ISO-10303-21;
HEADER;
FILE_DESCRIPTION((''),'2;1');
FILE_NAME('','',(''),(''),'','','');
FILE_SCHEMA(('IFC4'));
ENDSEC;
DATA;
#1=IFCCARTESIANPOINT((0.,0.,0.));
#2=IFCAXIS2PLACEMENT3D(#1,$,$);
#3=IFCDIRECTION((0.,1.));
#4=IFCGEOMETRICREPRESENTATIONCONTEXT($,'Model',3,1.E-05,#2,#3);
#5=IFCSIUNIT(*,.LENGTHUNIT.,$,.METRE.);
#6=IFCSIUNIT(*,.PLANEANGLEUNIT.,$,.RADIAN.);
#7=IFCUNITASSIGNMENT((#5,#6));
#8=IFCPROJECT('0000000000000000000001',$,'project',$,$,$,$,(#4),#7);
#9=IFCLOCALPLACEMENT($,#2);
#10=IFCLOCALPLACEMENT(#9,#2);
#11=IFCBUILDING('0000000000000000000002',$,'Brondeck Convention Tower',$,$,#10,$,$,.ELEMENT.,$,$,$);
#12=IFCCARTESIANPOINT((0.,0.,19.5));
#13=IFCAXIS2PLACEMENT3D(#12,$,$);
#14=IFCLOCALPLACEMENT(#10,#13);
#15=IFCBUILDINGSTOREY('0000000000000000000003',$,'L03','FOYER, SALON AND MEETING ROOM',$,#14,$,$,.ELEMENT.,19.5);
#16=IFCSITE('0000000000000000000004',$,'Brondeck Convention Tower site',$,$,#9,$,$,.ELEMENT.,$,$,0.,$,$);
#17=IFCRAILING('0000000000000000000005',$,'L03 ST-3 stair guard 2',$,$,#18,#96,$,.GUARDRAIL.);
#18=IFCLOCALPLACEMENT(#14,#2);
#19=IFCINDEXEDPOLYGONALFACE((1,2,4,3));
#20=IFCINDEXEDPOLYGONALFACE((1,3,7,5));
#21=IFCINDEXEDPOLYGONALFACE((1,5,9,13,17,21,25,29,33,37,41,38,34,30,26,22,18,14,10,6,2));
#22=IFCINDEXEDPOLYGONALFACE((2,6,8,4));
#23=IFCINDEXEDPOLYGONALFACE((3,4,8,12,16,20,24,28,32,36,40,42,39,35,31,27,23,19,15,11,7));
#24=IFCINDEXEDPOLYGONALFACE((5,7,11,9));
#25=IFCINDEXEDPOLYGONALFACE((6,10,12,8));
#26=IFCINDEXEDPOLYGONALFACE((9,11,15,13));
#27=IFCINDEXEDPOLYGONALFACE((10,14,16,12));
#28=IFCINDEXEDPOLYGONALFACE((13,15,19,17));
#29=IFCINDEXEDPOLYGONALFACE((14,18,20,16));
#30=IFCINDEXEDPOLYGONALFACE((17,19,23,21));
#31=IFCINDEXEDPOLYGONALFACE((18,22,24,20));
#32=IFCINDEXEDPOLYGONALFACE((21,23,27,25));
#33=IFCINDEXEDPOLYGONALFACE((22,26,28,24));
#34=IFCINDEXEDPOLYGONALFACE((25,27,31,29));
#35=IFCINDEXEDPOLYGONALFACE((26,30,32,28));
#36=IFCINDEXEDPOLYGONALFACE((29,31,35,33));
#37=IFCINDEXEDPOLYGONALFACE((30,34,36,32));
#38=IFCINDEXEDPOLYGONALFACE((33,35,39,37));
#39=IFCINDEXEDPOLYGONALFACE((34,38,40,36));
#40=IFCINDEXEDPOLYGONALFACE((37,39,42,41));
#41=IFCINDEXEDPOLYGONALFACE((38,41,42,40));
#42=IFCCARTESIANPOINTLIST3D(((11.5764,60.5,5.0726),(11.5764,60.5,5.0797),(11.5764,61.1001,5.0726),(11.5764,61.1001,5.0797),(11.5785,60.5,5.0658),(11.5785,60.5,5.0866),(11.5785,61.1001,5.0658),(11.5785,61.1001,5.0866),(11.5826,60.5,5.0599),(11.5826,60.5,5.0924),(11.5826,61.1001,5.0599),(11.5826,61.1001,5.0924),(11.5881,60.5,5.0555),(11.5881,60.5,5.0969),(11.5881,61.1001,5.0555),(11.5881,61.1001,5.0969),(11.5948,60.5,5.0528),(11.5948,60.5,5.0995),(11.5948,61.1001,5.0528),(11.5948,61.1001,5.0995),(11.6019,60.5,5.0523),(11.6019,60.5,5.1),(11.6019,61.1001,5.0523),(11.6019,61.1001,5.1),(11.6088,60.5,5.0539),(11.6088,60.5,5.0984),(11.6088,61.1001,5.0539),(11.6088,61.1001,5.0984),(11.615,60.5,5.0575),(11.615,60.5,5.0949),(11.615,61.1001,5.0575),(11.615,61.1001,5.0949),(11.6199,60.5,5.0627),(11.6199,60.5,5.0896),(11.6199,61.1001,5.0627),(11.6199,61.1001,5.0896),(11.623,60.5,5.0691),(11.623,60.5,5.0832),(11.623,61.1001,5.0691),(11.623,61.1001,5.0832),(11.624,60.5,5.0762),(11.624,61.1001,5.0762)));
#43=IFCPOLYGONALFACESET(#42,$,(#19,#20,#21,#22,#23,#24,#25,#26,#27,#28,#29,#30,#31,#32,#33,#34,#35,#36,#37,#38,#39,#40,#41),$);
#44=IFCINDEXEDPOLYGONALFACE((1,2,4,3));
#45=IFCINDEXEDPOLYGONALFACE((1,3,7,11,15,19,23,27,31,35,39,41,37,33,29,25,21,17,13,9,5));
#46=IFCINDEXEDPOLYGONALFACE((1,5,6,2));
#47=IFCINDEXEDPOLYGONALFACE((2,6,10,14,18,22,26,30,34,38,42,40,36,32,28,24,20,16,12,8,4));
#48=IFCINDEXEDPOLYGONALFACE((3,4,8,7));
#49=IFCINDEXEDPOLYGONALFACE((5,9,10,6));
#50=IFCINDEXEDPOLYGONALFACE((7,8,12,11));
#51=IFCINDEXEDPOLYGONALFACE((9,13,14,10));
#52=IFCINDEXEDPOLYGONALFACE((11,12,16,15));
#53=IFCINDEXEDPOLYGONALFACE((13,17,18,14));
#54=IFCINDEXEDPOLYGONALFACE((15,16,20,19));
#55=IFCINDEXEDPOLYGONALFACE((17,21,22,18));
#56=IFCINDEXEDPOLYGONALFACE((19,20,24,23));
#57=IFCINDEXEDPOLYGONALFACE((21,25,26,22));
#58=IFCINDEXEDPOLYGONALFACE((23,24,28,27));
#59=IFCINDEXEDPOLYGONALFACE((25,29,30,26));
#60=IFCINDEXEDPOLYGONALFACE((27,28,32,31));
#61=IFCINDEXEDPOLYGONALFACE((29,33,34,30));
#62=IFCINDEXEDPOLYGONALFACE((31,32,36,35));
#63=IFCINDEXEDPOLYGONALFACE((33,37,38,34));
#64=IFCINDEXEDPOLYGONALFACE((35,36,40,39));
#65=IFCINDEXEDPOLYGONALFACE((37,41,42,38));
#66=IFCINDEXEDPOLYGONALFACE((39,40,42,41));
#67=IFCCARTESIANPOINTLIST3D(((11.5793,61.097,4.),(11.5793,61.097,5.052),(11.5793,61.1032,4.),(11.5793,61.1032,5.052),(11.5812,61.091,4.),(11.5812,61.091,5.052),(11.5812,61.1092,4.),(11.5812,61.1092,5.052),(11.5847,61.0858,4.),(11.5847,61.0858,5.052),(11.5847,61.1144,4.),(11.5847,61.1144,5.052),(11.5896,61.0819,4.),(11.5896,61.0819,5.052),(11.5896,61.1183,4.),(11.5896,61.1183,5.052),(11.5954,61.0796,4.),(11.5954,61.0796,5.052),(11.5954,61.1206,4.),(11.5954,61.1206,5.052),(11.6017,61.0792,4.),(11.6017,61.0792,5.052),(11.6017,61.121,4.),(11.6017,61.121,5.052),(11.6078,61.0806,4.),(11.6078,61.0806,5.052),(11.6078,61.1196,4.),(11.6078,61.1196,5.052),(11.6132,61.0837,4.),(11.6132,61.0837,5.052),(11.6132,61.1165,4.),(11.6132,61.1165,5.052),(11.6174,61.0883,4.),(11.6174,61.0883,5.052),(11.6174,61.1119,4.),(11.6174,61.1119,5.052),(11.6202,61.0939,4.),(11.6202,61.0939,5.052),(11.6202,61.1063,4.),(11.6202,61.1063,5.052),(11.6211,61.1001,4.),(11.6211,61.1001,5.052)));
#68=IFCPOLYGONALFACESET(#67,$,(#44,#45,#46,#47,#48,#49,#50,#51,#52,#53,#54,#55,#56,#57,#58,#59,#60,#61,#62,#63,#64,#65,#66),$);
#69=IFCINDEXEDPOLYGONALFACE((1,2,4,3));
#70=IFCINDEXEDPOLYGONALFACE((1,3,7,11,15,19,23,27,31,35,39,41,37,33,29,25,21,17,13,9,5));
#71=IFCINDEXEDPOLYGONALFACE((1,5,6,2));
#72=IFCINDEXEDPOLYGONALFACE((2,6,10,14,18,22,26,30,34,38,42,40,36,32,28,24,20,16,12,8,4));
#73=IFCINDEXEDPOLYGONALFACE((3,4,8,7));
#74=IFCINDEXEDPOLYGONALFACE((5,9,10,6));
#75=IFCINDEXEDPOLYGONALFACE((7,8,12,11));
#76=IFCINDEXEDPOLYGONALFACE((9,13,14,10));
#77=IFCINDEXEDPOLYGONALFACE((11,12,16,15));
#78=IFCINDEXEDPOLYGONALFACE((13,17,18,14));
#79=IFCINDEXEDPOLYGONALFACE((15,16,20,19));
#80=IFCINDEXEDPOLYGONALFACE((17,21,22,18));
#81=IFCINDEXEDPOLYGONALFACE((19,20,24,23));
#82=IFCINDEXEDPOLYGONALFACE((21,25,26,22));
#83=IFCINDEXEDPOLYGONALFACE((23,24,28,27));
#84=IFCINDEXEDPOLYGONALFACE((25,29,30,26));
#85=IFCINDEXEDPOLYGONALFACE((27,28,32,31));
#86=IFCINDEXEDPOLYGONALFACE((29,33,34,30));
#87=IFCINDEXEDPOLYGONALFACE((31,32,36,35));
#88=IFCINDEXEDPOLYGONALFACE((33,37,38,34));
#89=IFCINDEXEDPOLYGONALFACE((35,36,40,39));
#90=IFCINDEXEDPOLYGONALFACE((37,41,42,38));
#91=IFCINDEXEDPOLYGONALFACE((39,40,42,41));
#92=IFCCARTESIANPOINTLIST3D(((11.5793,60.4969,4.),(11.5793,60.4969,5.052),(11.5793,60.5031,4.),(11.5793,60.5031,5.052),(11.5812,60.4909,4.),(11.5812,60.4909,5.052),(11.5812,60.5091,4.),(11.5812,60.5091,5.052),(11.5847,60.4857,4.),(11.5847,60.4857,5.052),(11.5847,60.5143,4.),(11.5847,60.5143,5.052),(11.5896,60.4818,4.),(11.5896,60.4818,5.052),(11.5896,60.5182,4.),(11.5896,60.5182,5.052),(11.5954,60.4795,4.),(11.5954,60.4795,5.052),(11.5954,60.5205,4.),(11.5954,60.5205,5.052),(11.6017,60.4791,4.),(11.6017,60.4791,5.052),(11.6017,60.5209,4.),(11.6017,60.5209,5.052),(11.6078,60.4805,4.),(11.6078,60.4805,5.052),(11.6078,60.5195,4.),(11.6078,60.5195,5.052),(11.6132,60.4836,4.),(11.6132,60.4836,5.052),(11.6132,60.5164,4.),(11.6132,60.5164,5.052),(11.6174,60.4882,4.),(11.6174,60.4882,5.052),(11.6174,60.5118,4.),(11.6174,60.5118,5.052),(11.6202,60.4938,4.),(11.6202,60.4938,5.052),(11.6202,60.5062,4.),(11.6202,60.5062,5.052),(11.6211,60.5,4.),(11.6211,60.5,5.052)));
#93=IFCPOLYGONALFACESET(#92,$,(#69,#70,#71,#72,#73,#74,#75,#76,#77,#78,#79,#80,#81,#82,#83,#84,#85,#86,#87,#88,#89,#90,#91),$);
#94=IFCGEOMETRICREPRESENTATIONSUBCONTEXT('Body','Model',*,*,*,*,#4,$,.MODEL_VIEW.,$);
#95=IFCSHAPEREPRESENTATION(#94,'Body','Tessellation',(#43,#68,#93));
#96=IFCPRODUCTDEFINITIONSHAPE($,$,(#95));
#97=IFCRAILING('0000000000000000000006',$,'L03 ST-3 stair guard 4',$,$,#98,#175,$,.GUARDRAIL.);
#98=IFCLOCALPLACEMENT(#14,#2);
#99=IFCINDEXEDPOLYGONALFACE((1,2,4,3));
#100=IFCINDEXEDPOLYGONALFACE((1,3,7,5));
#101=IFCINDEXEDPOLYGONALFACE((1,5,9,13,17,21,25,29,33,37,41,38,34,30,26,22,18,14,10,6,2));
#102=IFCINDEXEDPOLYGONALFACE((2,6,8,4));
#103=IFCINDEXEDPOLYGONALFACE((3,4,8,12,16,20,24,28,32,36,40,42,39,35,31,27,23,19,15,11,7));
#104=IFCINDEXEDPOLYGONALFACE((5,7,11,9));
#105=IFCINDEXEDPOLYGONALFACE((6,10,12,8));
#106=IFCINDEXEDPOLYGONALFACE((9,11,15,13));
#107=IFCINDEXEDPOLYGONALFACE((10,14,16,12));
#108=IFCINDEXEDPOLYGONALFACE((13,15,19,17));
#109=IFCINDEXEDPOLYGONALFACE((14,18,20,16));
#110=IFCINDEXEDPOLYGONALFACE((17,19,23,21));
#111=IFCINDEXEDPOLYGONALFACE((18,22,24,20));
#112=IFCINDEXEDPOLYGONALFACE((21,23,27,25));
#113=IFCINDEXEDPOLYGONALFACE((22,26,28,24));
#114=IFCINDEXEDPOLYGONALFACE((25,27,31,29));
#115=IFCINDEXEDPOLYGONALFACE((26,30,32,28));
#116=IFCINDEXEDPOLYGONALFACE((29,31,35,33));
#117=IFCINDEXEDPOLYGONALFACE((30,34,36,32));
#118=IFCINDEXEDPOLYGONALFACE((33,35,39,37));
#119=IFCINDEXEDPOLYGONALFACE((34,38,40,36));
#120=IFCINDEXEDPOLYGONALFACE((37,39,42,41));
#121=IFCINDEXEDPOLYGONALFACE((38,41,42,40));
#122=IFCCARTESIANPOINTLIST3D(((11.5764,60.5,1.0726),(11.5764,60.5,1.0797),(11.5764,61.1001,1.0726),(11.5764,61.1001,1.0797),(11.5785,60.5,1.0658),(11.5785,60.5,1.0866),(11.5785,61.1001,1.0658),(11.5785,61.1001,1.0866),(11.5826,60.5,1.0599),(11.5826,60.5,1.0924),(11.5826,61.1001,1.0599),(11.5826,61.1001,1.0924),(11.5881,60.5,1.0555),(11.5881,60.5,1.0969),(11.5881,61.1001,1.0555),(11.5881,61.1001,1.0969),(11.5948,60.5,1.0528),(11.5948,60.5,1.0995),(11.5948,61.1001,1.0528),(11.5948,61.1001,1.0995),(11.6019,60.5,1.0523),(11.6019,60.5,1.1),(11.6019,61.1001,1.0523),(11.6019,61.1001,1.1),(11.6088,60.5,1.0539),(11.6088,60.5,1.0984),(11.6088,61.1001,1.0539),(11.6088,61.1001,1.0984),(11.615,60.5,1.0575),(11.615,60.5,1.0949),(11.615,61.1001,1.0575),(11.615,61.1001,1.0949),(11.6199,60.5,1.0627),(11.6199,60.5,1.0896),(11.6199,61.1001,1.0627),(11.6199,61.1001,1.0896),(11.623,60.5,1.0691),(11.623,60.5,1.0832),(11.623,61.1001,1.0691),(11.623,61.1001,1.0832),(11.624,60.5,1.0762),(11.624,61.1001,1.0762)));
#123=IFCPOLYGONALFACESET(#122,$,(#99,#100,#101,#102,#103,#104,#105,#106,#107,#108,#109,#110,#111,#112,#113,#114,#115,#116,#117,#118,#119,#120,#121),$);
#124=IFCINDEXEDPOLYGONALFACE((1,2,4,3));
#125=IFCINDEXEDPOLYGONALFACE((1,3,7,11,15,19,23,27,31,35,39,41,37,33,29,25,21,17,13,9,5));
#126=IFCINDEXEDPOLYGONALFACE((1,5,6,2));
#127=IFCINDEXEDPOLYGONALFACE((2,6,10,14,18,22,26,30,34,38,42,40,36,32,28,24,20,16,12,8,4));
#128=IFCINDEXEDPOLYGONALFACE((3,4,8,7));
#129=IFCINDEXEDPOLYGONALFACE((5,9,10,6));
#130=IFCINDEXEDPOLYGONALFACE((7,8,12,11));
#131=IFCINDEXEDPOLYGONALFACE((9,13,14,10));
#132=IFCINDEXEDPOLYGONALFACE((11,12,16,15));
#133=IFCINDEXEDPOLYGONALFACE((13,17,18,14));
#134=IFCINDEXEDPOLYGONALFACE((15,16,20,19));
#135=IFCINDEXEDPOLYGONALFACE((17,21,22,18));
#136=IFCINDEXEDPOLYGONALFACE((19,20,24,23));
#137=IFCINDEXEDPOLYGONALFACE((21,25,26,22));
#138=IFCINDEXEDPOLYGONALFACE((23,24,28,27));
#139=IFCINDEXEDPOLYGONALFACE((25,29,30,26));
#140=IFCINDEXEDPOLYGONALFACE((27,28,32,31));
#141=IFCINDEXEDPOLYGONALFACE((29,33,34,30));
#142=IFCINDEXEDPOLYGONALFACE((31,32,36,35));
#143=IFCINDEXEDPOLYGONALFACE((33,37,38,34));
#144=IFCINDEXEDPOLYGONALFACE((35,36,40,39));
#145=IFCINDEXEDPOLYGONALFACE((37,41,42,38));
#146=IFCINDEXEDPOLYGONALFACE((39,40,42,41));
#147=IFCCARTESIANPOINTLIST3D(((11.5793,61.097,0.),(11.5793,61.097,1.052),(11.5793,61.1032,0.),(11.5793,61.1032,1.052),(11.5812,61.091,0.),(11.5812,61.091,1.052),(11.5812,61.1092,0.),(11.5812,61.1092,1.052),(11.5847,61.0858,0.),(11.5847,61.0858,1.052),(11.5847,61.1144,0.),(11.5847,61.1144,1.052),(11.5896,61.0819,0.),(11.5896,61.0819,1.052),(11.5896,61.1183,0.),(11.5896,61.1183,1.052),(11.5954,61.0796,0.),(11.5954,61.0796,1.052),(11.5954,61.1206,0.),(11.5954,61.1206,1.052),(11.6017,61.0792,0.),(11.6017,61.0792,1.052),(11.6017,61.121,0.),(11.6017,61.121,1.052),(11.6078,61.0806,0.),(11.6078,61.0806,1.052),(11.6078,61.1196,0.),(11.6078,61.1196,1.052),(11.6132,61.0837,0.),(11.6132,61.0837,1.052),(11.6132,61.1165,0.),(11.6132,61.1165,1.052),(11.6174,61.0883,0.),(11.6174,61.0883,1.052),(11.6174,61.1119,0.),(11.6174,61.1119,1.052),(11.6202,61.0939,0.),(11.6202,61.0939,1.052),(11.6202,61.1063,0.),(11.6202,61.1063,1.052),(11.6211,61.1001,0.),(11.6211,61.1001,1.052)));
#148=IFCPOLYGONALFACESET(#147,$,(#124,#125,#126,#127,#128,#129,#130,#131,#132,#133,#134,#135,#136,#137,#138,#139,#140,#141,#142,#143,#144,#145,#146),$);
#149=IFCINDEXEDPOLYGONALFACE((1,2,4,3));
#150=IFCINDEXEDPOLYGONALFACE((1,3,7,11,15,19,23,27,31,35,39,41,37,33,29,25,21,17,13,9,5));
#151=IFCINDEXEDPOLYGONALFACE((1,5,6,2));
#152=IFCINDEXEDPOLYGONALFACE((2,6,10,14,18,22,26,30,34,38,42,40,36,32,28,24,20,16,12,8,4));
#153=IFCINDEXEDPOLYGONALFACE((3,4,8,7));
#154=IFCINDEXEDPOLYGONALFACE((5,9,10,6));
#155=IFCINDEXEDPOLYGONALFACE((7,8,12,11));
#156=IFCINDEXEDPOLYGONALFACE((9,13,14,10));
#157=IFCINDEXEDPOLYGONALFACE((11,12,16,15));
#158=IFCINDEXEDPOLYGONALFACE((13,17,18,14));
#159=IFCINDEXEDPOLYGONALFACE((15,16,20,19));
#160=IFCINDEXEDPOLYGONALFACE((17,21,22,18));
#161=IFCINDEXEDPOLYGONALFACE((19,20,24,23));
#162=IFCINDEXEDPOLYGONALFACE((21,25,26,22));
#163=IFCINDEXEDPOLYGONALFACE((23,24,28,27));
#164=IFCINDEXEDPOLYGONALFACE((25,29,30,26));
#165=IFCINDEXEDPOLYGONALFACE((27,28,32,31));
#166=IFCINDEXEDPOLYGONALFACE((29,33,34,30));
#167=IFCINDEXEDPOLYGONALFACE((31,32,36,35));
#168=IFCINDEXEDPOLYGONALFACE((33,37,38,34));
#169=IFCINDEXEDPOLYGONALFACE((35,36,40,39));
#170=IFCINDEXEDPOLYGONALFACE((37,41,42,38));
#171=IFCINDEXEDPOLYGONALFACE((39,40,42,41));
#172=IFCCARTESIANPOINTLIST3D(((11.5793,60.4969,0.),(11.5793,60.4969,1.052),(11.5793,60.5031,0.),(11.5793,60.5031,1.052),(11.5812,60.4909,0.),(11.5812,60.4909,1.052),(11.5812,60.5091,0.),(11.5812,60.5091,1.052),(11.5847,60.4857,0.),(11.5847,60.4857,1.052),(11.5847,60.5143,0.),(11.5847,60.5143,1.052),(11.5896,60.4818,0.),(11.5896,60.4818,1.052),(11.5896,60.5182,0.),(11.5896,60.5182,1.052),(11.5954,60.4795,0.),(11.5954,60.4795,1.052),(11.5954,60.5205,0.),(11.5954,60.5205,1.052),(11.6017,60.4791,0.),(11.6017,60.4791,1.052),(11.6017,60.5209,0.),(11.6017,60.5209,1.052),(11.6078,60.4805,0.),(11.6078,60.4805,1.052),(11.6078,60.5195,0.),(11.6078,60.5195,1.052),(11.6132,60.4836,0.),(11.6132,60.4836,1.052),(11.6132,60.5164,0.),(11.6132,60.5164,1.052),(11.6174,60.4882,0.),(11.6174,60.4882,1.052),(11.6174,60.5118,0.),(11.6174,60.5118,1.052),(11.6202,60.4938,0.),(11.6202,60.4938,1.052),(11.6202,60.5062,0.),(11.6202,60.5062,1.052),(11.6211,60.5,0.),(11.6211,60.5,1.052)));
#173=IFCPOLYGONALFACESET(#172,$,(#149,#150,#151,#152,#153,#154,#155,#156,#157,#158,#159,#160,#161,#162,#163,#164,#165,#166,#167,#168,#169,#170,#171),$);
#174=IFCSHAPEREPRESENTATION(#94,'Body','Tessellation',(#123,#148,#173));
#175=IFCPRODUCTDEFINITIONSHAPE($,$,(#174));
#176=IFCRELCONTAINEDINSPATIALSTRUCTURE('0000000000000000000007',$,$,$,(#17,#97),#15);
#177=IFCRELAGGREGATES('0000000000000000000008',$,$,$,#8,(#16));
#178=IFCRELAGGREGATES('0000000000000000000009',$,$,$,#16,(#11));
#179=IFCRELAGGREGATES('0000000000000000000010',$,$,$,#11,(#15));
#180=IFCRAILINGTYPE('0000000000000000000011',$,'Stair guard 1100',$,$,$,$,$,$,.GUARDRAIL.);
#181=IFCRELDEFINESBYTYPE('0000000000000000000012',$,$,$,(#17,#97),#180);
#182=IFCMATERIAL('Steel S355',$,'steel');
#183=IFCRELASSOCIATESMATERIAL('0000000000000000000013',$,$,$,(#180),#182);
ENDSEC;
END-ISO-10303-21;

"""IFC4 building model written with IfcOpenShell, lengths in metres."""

from ifc_helpers import new_model, si_unit, direction, frame, origin, origin_2d, place, context, subcontext, project, spatial, circle, extrude, material, type_object, element, save


model = new_model("IFC4")

# Units and contexts
model_context = context("Model", 3, precision=1e-05, world=origin(), true_north=direction((0.0, 1.0)))
body_context = subcontext(model_context, "Body", "Model", "MODEL_VIEW")
ifc_project = project(units=[si_unit("LENGTHUNIT", "METRE"), si_unit("PLANEANGLEUNIT", "RADIAN")], contexts=[model_context])

# Site, building, storey
site_placement = place(None, origin())
site = spatial("IfcSite", under=ifc_project, at=site_placement, Name="Brondeck Convention Tower site", CompositionType="ELEMENT", RefElevation=0.0)
building_placement = place(site_placement, origin())
building = spatial("IfcBuilding", under=site, at=building_placement, Name="Brondeck Convention Tower", CompositionType="ELEMENT")
storey_placement = place(building_placement, frame((0.0, 0.0, 19.5)))
storey = spatial("IfcBuildingStorey", under=building, at=storey_placement, Name="L03", Description="FOYER, SALON AND MEETING ROOM", CompositionType="ELEMENT", Elevation=19.5)

# Shared definitions
ifc_material_1 = material(Name="Steel S355", Category="steel")

# Railings
railing_type_1 = type_object("IfcRailingType", Name="Stair guard 1100", PredefinedType="GUARDRAIL", material=ifc_material_1)
railing_1_placement = place(storey_placement, frame((11.6001, 61.1001, 4.0)))
element("IfcRailing", 1, at=railing_1_placement, inside=storey, type_object=railing_type_1, Name="L03 ST-3 stair guard 2", PredefinedType="GUARDRAIL", context=body_context, shape_type="SweptSolid", body=[
    extrude(circle(Radius=0.0239, at=origin_2d()), frame((0.0, 0.0, 1.0762), z_axis=(0.0, -1.0, 0.0), x_axis=(1.0, 0.0, 0.0)), (0.0, 0.0, 1.0), 0.6001),
    extrude(circle(Radius=0.021, at=origin_2d()), origin(), (0.0, 0.0, 1.0), 1.052),
    extrude(circle(Radius=0.021, at=origin_2d()), frame((0.0, -0.6001, 0.0)), (0.0, 0.0, 1.0), 1.052),
])
railing_2_placement = place(storey_placement, frame((11.6001, 61.1001, 0.0)))
element("IfcRailing", 2, at=railing_2_placement, inside=storey, type_object=railing_type_1, Name="L03 ST-3 stair guard 4", PredefinedType="GUARDRAIL", context=body_context, shape_type="SweptSolid", body=[
    extrude(circle(Radius=0.0239, at=origin_2d()), frame((0.0, 0.0, 1.0762), z_axis=(0.0, -1.0, 0.0), x_axis=(1.0, 0.0, 0.0)), (0.0, 0.0, 1.0), 0.6001),
    extrude(circle(Radius=0.021, at=origin_2d()), origin(), (0.0, 0.0, 1.0), 1.052),
    extrude(circle(Radius=0.021, at=origin_2d()), frame((0.0, -0.6001, 0.0)), (0.0, 0.0, 1.0), 1.052),
])

save(model, "model.ifc")
